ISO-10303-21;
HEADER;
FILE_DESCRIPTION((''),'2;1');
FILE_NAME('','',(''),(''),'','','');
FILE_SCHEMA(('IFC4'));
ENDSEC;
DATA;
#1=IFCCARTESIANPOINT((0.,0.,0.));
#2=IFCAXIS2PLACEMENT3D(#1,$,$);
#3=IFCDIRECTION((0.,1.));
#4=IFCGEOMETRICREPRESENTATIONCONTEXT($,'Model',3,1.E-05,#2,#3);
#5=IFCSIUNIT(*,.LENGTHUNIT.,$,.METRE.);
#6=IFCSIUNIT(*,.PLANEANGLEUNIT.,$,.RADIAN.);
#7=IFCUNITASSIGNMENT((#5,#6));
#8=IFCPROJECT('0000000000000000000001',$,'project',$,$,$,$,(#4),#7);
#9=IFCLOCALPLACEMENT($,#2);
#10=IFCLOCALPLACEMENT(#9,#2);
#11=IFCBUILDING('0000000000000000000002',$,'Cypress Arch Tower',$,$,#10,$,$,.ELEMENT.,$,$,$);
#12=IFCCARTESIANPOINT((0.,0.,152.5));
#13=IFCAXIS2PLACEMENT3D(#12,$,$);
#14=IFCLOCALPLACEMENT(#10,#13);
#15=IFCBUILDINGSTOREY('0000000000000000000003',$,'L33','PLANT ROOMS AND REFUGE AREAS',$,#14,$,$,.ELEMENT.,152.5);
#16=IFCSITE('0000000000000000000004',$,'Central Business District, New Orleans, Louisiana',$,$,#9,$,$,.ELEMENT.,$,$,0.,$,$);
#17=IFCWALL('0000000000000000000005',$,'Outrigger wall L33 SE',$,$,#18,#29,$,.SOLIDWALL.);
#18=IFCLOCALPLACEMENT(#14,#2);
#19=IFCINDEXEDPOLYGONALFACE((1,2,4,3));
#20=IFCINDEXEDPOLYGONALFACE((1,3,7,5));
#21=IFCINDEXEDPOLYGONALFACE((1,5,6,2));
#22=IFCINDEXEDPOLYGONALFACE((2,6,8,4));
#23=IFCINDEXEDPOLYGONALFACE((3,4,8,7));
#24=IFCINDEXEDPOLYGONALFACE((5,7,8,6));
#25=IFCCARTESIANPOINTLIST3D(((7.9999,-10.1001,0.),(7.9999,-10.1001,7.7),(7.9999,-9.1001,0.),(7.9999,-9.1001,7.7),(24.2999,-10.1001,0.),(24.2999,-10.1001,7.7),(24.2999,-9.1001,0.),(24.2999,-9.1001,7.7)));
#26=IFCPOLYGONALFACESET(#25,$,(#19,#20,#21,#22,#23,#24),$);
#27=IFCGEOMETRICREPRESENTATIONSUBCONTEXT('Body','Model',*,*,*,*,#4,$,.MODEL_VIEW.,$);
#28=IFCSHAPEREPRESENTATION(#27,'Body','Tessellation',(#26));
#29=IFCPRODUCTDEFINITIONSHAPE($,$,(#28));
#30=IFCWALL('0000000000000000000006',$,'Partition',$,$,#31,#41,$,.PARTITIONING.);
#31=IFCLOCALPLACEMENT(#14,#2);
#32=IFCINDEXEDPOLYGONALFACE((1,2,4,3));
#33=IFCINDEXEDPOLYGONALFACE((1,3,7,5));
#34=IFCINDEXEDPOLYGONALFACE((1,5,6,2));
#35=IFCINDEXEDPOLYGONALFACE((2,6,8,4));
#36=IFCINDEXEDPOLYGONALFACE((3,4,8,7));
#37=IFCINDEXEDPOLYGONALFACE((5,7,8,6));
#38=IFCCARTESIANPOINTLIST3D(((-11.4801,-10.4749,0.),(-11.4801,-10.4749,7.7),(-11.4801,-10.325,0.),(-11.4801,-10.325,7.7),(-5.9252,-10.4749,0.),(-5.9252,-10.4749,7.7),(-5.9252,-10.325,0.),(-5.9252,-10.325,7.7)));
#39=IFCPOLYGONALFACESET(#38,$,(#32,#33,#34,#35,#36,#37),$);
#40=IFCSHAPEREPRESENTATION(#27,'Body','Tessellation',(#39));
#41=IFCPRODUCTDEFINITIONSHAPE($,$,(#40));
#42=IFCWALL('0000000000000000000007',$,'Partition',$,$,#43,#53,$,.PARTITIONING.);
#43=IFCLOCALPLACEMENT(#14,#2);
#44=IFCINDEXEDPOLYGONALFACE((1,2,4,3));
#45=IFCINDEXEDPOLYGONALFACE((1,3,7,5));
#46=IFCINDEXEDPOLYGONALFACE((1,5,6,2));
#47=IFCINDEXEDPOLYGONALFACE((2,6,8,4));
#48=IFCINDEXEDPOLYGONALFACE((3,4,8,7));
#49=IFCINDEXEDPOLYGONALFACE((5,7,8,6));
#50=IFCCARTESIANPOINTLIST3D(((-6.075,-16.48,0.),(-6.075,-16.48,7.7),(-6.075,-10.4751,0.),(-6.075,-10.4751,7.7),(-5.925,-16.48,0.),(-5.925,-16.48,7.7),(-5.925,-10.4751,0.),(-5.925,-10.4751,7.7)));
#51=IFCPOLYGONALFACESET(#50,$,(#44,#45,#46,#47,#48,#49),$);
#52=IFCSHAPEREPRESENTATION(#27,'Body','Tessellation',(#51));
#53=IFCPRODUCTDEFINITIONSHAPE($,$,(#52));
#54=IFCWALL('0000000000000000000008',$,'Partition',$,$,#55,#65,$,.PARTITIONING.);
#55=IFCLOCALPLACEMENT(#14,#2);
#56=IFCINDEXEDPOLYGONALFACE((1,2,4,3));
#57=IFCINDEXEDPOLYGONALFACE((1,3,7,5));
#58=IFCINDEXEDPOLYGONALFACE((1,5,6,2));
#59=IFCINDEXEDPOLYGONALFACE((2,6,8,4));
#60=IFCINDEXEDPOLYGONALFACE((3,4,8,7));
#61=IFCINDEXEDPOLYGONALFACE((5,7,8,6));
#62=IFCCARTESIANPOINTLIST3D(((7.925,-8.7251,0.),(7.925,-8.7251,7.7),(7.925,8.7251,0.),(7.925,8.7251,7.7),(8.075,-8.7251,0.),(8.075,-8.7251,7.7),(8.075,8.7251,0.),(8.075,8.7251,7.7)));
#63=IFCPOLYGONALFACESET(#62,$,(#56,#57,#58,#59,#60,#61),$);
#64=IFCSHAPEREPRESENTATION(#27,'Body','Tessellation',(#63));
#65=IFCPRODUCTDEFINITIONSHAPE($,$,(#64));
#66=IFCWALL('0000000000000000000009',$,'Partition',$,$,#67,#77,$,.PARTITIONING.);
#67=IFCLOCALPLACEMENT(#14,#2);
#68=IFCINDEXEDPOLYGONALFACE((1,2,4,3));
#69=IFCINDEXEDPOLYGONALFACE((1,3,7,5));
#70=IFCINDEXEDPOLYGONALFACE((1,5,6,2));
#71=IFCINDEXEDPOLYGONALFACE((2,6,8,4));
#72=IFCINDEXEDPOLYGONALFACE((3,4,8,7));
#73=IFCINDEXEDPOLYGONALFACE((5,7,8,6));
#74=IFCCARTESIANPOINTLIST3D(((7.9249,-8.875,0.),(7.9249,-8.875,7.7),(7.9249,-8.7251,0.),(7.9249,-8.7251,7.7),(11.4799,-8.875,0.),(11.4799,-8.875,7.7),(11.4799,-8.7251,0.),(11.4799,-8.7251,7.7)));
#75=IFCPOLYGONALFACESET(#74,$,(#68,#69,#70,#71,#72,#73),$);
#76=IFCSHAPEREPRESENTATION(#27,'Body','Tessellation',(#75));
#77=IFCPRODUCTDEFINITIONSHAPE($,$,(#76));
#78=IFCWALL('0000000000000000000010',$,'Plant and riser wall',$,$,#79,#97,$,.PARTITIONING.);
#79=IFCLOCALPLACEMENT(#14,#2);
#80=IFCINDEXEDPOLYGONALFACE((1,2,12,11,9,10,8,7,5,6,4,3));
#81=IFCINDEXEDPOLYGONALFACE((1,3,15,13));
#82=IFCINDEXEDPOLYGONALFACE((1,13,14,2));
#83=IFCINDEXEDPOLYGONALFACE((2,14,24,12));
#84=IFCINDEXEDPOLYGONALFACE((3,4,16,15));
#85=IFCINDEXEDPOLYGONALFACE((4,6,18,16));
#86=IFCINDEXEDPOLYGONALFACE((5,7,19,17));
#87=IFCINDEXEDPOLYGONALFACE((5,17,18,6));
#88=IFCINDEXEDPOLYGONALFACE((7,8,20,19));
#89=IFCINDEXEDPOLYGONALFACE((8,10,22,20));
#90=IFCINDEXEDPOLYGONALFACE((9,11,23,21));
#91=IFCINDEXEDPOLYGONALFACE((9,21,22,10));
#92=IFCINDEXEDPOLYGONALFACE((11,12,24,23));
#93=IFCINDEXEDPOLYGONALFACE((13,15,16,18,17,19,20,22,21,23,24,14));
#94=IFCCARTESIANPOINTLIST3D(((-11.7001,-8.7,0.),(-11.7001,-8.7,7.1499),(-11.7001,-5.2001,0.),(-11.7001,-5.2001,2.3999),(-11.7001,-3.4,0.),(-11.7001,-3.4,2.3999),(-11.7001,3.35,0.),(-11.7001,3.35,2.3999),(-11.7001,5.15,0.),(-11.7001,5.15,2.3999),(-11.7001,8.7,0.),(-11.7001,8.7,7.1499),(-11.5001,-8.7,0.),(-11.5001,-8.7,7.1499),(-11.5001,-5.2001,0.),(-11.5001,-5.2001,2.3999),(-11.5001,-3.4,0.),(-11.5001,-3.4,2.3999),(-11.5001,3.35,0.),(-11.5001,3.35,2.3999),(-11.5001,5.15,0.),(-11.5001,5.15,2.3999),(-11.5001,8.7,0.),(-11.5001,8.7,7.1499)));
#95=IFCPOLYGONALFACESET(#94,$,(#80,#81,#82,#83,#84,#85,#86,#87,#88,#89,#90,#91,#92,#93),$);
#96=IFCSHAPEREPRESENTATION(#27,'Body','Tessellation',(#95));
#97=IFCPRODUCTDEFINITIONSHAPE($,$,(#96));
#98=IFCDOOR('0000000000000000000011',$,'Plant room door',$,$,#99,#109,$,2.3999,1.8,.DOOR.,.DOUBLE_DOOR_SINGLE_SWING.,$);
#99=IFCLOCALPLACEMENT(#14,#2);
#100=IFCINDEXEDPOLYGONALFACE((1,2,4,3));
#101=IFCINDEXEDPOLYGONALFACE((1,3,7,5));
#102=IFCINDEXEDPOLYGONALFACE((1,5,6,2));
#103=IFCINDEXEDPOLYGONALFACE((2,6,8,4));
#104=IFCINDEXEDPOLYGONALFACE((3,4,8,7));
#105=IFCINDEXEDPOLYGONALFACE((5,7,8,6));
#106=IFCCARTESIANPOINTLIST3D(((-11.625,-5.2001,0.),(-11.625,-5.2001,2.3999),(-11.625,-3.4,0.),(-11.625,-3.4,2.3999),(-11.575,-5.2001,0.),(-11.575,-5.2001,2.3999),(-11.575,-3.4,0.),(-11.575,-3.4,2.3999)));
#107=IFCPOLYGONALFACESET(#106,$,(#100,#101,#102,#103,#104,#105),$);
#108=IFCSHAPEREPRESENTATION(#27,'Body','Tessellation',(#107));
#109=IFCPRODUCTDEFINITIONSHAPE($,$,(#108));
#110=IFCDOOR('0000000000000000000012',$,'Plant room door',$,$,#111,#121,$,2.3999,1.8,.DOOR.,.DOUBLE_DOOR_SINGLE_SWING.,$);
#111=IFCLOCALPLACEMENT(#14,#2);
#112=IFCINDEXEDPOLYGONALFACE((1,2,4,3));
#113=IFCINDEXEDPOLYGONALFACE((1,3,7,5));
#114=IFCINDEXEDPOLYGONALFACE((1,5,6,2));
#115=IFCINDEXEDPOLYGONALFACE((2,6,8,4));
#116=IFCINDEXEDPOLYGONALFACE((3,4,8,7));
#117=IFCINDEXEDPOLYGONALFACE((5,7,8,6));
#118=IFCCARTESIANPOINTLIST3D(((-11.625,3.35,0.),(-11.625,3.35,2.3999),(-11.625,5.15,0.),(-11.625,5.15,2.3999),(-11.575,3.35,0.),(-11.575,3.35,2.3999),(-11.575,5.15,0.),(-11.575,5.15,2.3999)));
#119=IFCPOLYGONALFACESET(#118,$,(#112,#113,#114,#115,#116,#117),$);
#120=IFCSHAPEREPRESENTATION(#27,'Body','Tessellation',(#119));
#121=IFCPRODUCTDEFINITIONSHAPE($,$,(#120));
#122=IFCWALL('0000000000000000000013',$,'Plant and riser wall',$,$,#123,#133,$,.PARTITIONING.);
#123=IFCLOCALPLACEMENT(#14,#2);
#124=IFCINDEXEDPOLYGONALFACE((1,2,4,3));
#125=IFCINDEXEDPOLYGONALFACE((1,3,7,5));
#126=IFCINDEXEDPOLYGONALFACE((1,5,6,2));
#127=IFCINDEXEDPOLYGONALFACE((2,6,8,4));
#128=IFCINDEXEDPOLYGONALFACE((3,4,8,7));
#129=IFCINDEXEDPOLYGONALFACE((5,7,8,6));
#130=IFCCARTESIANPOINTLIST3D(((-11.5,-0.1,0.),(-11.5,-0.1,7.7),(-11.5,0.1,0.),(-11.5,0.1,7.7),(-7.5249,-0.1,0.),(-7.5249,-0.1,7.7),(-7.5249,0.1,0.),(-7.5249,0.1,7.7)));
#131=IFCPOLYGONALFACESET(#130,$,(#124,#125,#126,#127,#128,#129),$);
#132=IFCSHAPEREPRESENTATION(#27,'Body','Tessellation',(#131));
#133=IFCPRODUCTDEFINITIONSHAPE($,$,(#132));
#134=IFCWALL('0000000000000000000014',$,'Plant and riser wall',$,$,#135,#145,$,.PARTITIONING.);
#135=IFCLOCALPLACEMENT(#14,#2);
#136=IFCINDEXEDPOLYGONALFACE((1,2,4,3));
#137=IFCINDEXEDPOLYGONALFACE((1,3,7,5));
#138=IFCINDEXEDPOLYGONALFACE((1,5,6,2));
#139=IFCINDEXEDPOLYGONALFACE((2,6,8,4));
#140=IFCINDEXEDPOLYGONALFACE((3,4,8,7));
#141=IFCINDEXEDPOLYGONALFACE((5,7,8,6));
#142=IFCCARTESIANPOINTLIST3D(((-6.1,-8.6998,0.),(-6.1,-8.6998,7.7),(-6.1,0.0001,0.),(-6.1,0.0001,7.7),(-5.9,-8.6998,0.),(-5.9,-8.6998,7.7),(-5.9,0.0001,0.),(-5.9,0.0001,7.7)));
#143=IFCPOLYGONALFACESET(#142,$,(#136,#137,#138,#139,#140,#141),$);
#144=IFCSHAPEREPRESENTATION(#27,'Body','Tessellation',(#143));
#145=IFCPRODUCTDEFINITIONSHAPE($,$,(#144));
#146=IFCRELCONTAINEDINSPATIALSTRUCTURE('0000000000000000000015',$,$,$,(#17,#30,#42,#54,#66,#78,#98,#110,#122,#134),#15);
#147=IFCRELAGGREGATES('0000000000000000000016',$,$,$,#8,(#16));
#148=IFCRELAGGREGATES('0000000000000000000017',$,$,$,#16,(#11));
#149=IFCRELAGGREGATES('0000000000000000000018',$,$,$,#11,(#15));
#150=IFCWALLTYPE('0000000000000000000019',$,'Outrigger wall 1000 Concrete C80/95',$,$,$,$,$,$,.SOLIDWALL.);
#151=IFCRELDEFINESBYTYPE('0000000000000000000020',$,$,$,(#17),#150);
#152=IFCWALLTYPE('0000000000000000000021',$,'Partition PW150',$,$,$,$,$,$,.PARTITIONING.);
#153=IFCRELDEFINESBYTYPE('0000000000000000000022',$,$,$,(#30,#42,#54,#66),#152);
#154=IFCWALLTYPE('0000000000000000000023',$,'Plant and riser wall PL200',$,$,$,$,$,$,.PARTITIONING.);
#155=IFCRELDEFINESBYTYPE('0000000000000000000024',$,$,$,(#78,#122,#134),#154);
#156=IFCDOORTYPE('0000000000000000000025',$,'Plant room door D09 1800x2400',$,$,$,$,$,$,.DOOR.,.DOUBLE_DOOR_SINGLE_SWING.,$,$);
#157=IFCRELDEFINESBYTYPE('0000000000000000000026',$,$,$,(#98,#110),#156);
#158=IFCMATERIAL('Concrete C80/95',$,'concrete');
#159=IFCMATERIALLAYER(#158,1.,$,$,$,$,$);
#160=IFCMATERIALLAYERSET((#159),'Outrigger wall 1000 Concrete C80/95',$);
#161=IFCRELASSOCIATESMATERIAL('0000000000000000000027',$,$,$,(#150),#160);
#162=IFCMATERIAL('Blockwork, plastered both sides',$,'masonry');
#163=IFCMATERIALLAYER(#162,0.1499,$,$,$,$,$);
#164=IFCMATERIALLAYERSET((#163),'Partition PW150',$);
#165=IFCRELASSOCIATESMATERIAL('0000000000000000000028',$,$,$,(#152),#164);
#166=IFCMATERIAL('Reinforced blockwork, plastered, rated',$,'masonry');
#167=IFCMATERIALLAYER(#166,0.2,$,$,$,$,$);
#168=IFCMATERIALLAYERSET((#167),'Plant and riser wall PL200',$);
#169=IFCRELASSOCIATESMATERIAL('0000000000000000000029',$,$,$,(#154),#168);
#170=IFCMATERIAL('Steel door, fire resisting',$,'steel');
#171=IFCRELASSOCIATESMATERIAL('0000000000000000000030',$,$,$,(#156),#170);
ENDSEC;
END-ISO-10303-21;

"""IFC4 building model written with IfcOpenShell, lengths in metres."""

from ifc_helpers import new_model, si_unit, direction, frame, frame_2d, origin, place, context, subcontext, project, spatial, rectangle, extrude, material, layer, layer_set, type_object, element, fill, save


model = new_model("IFC4")

# Units and contexts
model_context = context("Model", 3, precision=1e-05, world=origin(), true_north=direction((0.0, 1.0)))
body_context = subcontext(model_context, "Body", "Model", "MODEL_VIEW")
ifc_project = project(units=[si_unit("LENGTHUNIT", "METRE"), si_unit("PLANEANGLEUNIT", "RADIAN")], contexts=[model_context])

# Site, building, storey
site_placement = place(None, origin())
site = spatial("IfcSite", under=ifc_project, at=site_placement, Name="Central Business District, New Orleans, Louisiana", CompositionType="ELEMENT", RefElevation=0.0)
building_placement = place(site_placement, origin())
building = spatial("IfcBuilding", under=site, at=building_placement, Name="Cypress Arch Tower", CompositionType="ELEMENT")
storey_placement = place(building_placement, frame((0.0, 0.0, 152.5)))
storey = spatial("IfcBuildingStorey", under=building, at=storey_placement, Name="L33", Description="PLANT ROOMS AND REFUGE AREAS", CompositionType="ELEMENT", Elevation=152.5)

# Walls
ifc_material_1 = material(Name="Concrete C80/95", Category="concrete")
ifc_layer_1 = layer(ifc_material_1, 1.0)
ifc_layer_set_1 = layer_set([ifc_layer_1], Name="Outrigger wall 1000 Concrete C80/95")
wall_type_1 = type_object("IfcWallType", Name="Outrigger wall 1000 Concrete C80/95", PredefinedType="SOLIDWALL", material=ifc_layer_set_1)
wall_1_placement = place(storey_placement, frame((8.0, -9.6001, 0.0), z_axis=(0.0, 0.0, 1.0), x_axis=(1.0, 0.0, 0.0)))
element("IfcWall", 1, at=wall_1_placement, inside=storey, type_object=wall_type_1, Name="Outrigger wall L33 SE", PredefinedType="SOLIDWALL", context=body_context, shape_type="SweptSolid", body=[
    extrude(rectangle(XDim=16.3, YDim=1.0, at=frame_2d((8.1499, 0.0))), origin(), (0.0, 0.0, 1.0), 7.7),
])
ifc_material_2 = material(Name="Blockwork, plastered both sides", Category="masonry")
ifc_layer_2 = layer(ifc_material_2, 0.1499)
ifc_layer_set_2 = layer_set([ifc_layer_2], Name="Partition PW150")
wall_type_2 = type_object("IfcWallType", Name="Partition PW150", PredefinedType="PARTITIONING", material=ifc_layer_set_2)
wall_2_placement = place(storey_placement, frame((-11.48, -10.3999, 0.0), z_axis=(0.0, 0.0, 1.0), x_axis=(1.0, 0.0, 0.0)))
element("IfcWall", 2, at=wall_2_placement, inside=storey, type_object=wall_type_2, Name="Partition", PredefinedType="PARTITIONING", context=body_context, shape_type="SweptSolid", body=[
    extrude(rectangle(XDim=5.5549, YDim=0.1499, at=frame_2d((2.7773, 0.0))), origin(), (0.0, 0.0, 1.0), 7.7),
])
wall_3_placement = place(storey_placement, frame((-6.0, -16.48, 0.0), z_axis=(0.0, 0.0, 1.0), x_axis=(0.0, 1.0, 0.0)))
element("IfcWall", 3, at=wall_3_placement, inside=storey, type_object=wall_type_2, Name="Partition", PredefinedType="PARTITIONING", context=body_context, shape_type="SweptSolid", body=[
    extrude(rectangle(XDim=6.0049, YDim=0.1499, at=frame_2d((3.0024, 0.0))), origin(), (0.0, 0.0, 1.0), 7.7),
])
wall_4_placement = place(storey_placement, frame((8.0, -8.7251, 0.0), z_axis=(0.0, 0.0, 1.0), x_axis=(0.0, 1.0, 0.0)))
element("IfcWall", 4, at=wall_4_placement, inside=storey, type_object=wall_type_2, Name="Partition", PredefinedType="PARTITIONING", context=body_context, shape_type="SweptSolid", body=[
    extrude(rectangle(XDim=17.4502, YDim=0.1499, at=frame_2d((8.7251, 0.0))), origin(), (0.0, 0.0, 1.0), 7.7),
])
wall_5_placement = place(storey_placement, frame((7.925, -8.8, 0.0), z_axis=(0.0, 0.0, 1.0), x_axis=(1.0, 0.0, 0.0)))
element("IfcWall", 5, at=wall_5_placement, inside=storey, type_object=wall_type_2, Name="Partition", PredefinedType="PARTITIONING", context=body_context, shape_type="SweptSolid", body=[
    extrude(rectangle(XDim=3.5549, YDim=0.1499, at=frame_2d((1.7773, 0.0))), origin(), (0.0, 0.0, 1.0), 7.7),
])

# Wall, openings, doors
ifc_material_3 = material(Name="Reinforced blockwork, plastered, rated", Category="masonry")
ifc_layer_3 = layer(ifc_material_3, 0.2)
ifc_layer_set_3 = layer_set([ifc_layer_3], Name="Plant and riser wall PL200")
wall_type_3 = type_object("IfcWallType", Name="Plant and riser wall PL200", PredefinedType="PARTITIONING", material=ifc_layer_set_3)
wall_6_placement = place(storey_placement, frame((-11.6001, -8.7, 0.0), z_axis=(0.0, 0.0, 1.0), x_axis=(0.0, 1.0, 0.0)))
wall_6 = element("IfcWall", 6, at=wall_6_placement, inside=storey, type_object=wall_type_3, Name="Plant and riser wall", PredefinedType="PARTITIONING", context=body_context, shape_type="SweptSolid", body=[
    extrude(rectangle(XDim=17.3999, YDim=0.2, at=frame_2d((8.7, 0.0))), origin(), (0.0, 0.0, 1.0), 7.1499),
])
opening_1_placement = place(wall_6_placement, frame((3.5, 0.0, 0.0)))
opening_1 = element("IfcOpeningElement", 7, at=opening_1_placement, cuts=wall_6, PredefinedType="OPENING", context=body_context, shape_type="SweptSolid", body=[
    extrude(rectangle(XDim=1.8, YDim=2.3999, at=frame_2d((0.8999, 1.2))), frame((0.0, 0.1099, 0.0), z_axis=(0.0, -1.0, 0.0), x_axis=(1.0, 0.0, 0.0)), (0.0, 0.0, 1.0), 0.22),
])
opening_2_placement = place(wall_6_placement, frame((12.05, 0.0, 0.0)))
opening_2 = element("IfcOpeningElement", 8, at=opening_2_placement, cuts=wall_6, PredefinedType="OPENING", context=body_context, shape_type="SweptSolid", body=[
    extrude(rectangle(XDim=1.8, YDim=2.3999, at=frame_2d((0.8999, 1.2))), frame((0.0, 0.1099, 0.0), z_axis=(0.0, -1.0, 0.0), x_axis=(1.0, 0.0, 0.0)), (0.0, 0.0, 1.0), 0.22),
])
ifc_material_4 = material(Name="Steel door, fire resisting", Category="steel")
door_type_1 = type_object("IfcDoorType", Name="Plant room door D09 1800x2400", OperationType="DOUBLE_DOOR_SINGLE_SWING", PredefinedType="DOOR", material=ifc_material_4)
door_1_placement = place(opening_1_placement, origin())
door_1 = element("IfcDoor", 9, at=door_1_placement, inside=storey, type_object=door_type_1, Name="Plant room door", OperationType="DOUBLE_DOOR_SINGLE_SWING", OverallHeight=2.3999, OverallWidth=1.8, PredefinedType="DOOR", context=body_context, shape_type="SweptSolid", body=[
    extrude(rectangle(XDim=1.8, YDim=2.3999, at=frame_2d((0.8999, 1.2))), frame((0.0, 0.0249, 0.0), z_axis=(0.0, -1.0, 0.0), x_axis=(1.0, 0.0, 0.0)), (0.0, 0.0, 1.0), 0.05),
])
fill(opening_1, door_1)
door_2_placement = place(opening_2_placement, origin())
door_2 = element("IfcDoor", 10, at=door_2_placement, inside=storey, type_object=door_type_1, Name="Plant room door", OperationType="DOUBLE_DOOR_SINGLE_SWING", OverallHeight=2.3999, OverallWidth=1.8, PredefinedType="DOOR", context=body_context, shape_type="SweptSolid", body=[
    extrude(rectangle(XDim=1.8, YDim=2.3999, at=frame_2d((0.8999, 1.2))), frame((0.0, 0.0249, 0.0), z_axis=(0.0, -1.0, 0.0), x_axis=(1.0, 0.0, 0.0)), (0.0, 0.0, 1.0), 0.05),
])
fill(opening_2, door_2)

# Walls
wall_7_placement = place(storey_placement, frame((-11.5, 0.0, 0.0), z_axis=(0.0, 0.0, 1.0), x_axis=(1.0, 0.0, 0.0)))
element("IfcWall", 11, at=wall_7_placement, inside=storey, type_object=wall_type_3, Name="Plant and riser wall", PredefinedType="PARTITIONING", context=body_context, shape_type="SweptSolid", body=[
    extrude(rectangle(XDim=3.9751, YDim=0.2, at=frame_2d((1.9875, 0.0))), origin(), (0.0, 0.0, 1.0), 7.7),
])
wall_8_placement = place(storey_placement, frame((-6.0, -8.7, 0.0), z_axis=(0.0, 0.0, 1.0), x_axis=(0.0, 1.0, 0.0)))
element("IfcWall", 12, at=wall_8_placement, inside=storey, type_object=wall_type_3, Name="Plant and riser wall", PredefinedType="PARTITIONING", context=body_context, shape_type="SweptSolid", body=[
    extrude(rectangle(XDim=8.7, YDim=0.2, at=frame_2d((4.3501, 0.0))), origin(), (0.0, 0.0, 1.0), 7.7),
])

save(model, "model.ifc")
